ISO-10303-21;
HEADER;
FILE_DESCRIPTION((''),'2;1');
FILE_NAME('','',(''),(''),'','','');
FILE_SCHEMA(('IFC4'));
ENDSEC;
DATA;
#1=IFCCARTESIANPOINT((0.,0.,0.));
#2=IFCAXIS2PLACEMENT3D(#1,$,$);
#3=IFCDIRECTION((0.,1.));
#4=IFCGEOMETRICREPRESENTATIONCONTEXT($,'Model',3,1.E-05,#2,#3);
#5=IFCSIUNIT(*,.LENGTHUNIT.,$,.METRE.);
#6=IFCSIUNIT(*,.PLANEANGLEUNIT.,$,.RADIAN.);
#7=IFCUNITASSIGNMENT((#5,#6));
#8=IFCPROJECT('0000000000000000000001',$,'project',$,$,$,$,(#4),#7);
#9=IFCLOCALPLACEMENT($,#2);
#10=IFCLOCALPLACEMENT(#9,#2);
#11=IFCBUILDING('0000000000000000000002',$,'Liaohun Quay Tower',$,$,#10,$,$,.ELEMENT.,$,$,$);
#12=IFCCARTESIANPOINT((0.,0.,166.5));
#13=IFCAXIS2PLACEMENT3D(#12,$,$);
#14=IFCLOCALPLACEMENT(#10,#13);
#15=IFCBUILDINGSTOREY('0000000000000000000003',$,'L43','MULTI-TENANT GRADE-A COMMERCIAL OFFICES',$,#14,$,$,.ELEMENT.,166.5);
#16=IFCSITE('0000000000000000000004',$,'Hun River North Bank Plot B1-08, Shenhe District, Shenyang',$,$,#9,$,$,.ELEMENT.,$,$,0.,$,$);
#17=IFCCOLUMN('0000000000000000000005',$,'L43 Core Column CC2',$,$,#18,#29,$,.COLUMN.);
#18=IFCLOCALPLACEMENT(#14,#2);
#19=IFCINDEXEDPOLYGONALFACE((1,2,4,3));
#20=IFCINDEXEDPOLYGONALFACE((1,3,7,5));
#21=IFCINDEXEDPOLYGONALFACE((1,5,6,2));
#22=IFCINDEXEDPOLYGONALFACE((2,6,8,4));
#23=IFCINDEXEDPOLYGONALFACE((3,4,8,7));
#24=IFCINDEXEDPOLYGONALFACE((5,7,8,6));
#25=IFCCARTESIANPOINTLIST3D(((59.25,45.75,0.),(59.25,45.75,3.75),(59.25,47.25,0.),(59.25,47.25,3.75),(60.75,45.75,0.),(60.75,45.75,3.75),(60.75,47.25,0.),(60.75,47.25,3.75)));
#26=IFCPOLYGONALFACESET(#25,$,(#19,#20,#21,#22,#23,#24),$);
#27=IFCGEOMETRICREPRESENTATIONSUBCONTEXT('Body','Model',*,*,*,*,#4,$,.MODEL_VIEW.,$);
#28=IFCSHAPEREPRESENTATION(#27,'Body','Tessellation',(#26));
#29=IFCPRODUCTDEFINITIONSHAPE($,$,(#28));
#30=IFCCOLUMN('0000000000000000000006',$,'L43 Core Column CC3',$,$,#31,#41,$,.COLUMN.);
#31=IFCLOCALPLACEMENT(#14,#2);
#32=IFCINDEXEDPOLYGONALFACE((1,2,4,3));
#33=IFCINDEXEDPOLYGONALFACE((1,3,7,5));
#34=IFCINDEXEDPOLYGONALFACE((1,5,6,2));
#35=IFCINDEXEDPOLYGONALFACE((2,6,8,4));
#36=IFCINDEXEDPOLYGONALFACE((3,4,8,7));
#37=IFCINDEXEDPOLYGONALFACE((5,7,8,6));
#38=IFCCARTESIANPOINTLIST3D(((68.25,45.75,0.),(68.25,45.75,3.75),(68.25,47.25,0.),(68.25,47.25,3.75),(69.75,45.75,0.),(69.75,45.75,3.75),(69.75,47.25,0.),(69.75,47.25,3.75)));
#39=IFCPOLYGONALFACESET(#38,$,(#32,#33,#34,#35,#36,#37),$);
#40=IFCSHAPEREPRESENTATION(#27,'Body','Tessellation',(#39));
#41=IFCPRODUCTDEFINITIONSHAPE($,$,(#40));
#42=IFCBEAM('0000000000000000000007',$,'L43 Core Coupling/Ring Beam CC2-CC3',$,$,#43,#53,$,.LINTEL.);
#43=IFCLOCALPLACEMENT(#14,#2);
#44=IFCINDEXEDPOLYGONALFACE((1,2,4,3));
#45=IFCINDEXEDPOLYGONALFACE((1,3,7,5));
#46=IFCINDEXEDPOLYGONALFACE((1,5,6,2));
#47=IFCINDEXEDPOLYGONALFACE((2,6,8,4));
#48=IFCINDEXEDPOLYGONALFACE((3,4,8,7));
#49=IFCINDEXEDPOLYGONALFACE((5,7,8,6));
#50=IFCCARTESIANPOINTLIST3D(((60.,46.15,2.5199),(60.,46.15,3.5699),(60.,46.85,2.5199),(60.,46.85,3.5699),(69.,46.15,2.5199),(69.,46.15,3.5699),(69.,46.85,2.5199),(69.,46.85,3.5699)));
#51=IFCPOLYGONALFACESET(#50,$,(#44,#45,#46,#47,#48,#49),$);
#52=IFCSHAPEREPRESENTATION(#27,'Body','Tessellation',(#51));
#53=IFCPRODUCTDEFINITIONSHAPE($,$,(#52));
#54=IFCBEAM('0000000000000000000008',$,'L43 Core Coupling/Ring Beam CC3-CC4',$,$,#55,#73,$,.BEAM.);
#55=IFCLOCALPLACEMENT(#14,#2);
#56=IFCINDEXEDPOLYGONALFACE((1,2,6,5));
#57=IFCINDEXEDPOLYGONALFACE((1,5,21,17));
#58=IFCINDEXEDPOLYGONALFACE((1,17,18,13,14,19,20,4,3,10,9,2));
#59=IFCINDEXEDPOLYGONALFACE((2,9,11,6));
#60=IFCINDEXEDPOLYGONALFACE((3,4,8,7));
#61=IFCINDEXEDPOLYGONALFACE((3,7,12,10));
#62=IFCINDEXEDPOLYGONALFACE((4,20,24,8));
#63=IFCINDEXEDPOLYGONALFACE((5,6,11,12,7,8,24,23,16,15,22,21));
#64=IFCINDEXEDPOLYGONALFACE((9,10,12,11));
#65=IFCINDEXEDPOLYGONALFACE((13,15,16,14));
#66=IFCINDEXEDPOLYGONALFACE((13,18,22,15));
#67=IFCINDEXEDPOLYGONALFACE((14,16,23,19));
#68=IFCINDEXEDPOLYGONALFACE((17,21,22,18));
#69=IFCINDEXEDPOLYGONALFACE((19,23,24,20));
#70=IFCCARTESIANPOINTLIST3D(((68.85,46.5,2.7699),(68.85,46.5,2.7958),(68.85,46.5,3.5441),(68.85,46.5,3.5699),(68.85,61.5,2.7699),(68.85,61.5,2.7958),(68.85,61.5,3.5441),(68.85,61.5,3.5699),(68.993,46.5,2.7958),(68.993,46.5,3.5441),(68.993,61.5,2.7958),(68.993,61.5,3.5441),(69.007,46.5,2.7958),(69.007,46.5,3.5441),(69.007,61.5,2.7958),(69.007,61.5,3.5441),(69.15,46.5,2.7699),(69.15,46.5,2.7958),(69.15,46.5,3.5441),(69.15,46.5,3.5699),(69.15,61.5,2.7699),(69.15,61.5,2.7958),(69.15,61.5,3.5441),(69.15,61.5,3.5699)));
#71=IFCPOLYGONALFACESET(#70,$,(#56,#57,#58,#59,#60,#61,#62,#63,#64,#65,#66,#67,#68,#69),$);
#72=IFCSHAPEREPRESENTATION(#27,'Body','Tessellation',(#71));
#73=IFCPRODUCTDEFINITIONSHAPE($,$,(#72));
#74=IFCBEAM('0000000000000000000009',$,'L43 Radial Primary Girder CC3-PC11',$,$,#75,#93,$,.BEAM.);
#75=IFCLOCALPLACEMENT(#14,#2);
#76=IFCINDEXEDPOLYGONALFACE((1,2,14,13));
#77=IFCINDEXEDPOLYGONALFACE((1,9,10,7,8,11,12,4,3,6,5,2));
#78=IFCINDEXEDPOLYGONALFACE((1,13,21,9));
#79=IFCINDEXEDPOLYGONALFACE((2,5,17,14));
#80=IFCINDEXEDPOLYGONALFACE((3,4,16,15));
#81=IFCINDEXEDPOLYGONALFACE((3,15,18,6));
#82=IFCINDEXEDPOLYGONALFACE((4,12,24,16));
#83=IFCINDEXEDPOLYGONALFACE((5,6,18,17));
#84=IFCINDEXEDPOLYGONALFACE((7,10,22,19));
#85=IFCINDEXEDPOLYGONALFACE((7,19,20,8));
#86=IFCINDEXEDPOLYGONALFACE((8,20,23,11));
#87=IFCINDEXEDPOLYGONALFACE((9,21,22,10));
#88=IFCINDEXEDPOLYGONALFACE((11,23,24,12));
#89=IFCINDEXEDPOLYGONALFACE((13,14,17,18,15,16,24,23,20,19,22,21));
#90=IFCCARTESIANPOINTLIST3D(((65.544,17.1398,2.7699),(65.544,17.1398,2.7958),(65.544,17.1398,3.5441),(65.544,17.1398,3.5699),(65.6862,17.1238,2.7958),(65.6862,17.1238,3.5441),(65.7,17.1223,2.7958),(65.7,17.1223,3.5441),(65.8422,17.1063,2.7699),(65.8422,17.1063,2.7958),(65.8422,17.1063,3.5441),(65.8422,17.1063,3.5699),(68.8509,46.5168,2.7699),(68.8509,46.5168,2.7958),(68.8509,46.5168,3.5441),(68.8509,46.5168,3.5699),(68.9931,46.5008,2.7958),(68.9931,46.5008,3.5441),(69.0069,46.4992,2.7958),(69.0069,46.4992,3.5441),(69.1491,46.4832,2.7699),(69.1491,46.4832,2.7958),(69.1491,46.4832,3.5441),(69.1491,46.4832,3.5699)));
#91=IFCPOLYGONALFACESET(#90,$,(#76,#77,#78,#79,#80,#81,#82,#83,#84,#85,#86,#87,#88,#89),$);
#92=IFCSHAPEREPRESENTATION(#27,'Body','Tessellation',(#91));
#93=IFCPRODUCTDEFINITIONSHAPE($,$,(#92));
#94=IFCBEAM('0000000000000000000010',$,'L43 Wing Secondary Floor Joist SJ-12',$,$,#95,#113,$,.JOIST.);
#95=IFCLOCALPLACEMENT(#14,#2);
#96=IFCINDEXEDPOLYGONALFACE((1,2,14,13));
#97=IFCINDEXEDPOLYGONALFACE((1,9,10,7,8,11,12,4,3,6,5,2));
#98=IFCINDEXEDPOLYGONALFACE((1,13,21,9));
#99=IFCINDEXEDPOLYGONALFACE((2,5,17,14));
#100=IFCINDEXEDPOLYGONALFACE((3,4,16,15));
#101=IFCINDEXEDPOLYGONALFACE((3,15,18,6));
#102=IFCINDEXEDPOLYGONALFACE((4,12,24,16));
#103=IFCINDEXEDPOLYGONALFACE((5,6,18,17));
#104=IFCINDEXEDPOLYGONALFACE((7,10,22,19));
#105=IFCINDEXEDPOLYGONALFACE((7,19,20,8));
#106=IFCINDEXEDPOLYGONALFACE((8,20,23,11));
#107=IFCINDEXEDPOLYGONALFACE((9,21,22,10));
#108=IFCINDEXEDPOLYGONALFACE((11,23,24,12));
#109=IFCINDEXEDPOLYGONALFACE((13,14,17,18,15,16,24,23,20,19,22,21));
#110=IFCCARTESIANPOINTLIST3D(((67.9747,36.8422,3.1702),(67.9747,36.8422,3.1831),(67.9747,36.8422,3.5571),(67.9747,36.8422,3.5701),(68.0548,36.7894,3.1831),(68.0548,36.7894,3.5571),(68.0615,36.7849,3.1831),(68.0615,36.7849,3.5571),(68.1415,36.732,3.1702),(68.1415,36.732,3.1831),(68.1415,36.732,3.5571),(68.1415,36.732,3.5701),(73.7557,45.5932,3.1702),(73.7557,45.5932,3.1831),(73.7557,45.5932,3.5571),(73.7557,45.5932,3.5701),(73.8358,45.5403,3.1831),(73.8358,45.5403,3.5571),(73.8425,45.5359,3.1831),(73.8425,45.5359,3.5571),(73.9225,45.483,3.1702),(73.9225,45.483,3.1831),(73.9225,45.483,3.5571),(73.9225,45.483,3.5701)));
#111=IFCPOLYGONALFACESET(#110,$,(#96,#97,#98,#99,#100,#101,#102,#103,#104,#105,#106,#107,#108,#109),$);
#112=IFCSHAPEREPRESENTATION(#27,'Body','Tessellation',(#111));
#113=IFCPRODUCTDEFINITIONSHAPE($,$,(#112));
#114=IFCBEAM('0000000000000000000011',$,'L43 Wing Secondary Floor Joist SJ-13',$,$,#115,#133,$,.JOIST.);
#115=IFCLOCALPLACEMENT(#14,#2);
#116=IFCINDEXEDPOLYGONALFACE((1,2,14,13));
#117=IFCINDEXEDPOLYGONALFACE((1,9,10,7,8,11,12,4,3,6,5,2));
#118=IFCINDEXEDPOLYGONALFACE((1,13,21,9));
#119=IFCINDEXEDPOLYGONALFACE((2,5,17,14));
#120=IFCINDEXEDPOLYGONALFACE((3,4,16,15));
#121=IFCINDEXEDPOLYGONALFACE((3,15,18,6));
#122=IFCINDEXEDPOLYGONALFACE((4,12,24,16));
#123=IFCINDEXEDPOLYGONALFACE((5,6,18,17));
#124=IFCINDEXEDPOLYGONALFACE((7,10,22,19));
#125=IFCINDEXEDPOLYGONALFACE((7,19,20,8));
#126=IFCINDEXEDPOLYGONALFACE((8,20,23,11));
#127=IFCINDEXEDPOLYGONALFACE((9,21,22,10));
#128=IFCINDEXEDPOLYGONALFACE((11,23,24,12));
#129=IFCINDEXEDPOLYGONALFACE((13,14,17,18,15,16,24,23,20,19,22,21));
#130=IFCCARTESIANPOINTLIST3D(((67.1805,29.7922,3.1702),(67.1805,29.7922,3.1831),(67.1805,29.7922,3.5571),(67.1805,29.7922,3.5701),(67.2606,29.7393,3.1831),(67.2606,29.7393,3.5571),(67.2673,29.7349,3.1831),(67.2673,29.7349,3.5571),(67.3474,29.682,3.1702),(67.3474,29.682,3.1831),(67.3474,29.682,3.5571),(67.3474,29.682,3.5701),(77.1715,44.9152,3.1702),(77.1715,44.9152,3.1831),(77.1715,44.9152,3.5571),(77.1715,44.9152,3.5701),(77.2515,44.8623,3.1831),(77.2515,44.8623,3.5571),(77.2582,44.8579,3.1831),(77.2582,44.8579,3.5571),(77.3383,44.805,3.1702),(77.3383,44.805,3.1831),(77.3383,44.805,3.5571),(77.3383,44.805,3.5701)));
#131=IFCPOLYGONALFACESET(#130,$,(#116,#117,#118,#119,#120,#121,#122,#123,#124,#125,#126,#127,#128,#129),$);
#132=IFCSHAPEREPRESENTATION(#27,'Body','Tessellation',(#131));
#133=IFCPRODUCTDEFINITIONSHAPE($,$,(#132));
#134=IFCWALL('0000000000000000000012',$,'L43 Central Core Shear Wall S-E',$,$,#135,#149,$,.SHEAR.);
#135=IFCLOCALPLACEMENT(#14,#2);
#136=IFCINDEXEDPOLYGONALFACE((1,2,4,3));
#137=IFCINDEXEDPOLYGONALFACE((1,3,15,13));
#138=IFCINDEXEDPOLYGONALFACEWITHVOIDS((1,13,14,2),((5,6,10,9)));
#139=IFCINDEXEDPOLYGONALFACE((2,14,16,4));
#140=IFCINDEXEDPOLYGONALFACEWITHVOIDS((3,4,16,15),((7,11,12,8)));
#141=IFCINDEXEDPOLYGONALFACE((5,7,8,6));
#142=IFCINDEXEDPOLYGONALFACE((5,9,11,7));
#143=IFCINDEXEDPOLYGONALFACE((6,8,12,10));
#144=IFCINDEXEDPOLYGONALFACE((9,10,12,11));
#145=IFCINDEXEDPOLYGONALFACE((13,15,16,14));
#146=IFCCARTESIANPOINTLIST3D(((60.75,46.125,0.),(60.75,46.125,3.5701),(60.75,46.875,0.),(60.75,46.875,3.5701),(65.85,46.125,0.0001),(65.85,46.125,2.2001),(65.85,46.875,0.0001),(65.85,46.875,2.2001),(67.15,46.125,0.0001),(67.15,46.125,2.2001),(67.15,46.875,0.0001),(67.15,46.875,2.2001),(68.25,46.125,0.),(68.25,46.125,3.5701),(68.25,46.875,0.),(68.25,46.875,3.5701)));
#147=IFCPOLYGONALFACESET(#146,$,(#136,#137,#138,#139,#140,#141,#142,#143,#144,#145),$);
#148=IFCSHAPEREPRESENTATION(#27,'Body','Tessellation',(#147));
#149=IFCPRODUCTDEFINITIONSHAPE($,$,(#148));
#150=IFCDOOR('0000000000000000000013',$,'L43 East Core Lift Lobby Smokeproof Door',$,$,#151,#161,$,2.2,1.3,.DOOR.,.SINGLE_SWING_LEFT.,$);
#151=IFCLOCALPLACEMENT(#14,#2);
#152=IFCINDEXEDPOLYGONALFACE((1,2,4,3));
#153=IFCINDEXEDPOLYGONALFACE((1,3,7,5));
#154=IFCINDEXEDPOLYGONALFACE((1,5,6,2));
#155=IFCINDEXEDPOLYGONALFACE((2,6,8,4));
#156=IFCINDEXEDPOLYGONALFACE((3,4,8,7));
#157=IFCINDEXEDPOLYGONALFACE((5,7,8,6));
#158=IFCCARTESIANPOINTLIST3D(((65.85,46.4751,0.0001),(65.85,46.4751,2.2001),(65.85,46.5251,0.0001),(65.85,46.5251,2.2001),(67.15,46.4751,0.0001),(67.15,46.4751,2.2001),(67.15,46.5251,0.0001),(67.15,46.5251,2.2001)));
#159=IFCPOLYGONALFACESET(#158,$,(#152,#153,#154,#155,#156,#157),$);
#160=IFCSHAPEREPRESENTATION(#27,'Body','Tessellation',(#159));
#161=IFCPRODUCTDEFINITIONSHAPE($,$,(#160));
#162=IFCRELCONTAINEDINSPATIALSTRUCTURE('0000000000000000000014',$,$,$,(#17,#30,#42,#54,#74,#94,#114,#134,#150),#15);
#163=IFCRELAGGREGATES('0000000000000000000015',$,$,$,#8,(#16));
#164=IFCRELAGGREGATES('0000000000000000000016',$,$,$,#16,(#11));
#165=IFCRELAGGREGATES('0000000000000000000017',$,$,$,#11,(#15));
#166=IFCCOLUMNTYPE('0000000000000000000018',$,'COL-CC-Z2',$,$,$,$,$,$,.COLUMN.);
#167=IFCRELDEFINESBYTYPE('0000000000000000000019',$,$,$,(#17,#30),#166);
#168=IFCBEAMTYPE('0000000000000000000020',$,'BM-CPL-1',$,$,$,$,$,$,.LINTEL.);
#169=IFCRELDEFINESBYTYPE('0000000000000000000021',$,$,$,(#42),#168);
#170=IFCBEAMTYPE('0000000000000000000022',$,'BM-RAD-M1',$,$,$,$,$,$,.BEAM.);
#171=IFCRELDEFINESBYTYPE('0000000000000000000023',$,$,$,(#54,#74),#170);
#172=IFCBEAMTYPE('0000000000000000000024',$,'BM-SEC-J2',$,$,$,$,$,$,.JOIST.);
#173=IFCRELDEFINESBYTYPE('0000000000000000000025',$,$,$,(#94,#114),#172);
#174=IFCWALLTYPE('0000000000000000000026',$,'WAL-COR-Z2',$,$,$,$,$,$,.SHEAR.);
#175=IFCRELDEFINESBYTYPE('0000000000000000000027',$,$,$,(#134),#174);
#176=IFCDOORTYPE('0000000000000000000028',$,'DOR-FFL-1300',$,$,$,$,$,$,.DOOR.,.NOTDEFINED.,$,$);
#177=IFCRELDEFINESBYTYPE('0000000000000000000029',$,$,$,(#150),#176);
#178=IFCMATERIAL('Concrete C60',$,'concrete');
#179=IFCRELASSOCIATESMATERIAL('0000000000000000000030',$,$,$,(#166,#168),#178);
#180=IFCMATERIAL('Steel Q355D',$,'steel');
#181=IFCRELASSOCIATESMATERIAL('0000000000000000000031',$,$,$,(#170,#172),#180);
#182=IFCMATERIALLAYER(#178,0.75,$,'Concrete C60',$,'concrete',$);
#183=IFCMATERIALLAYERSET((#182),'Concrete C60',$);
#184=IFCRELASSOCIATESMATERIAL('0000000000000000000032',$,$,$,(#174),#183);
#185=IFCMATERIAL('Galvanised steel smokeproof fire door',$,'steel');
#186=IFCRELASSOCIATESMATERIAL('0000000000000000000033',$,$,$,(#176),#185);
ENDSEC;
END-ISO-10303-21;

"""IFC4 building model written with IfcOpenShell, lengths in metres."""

from ifc_helpers import new_model, si_unit, direction, frame, frame_2d, origin, origin_2d, place, context, subcontext, project, spatial, rectangle, i_section, extrude, source, transform, mapped, material, layer, layer_set, material_profile, profile_set, type_object, element, fill, save


model = new_model("IFC4")

# Units and contexts
model_context = context("Model", 3, precision=1e-05, world=origin(), true_north=direction((0.0, 1.0)))
body_context = subcontext(model_context, "Body", "Model", "MODEL_VIEW")
ifc_project = project(units=[si_unit("LENGTHUNIT", "METRE"), si_unit("PLANEANGLEUNIT", "RADIAN")], contexts=[model_context])

# Site, building, storey
site_placement = place(None, origin())
site = spatial("IfcSite", under=ifc_project, at=site_placement, Name="Hun River North Bank Plot B1-08, Shenhe District, Shenyang", CompositionType="ELEMENT", RefElevation=0.0)
building_placement = place(site_placement, origin())
building = spatial("IfcBuilding", under=site, at=building_placement, Name="Liaohun Quay Tower", CompositionType="ELEMENT")
storey_placement = place(building_placement, frame((0.0, 0.0, 166.5)))
storey = spatial("IfcBuildingStorey", under=building, at=storey_placement, Name="L43", Description="MULTI-TENANT GRADE-A COMMERCIAL OFFICES", CompositionType="ELEMENT", Elevation=166.5)

# Columns
ifc_material_1 = material(Name="Concrete C60", Category="concrete")
ifc_material_profile_1 = material_profile(ifc_material_1, rectangle(XDim=1.5, YDim=1.5, at=origin_2d()), Name="RC1500x1500")
ifc_profile_set_1 = profile_set([ifc_material_profile_1], Name="Concrete C60")
column_type = type_object("IfcColumnType", Name="COL-CC-Z2", PredefinedType="COLUMN", material=ifc_profile_set_1)
shared_shape_1 = source(origin(), body_context, "Body", "SweptSolid", [
    extrude(rectangle(XDim=1.5, YDim=1.5, at=origin_2d()), origin(), (0.0, 0.0, 1.0), 3.75),
])
for number, where, z_axis, x_axis, name in (
    (1, (60.0, 46.5, 0.0), (0.0, 0.0, 1.0), (1.0, 0.0, 0.0), "L43 Core Column CC2"),
    (2, (69.0, 46.5, 0.0), (0.0, 0.0, 1.0), (1.0, 0.0, 0.0), "L43 Core Column CC3"),
):
    element("IfcColumn", number, at=place(storey_placement, frame(where, z_axis=z_axis, x_axis=x_axis)), inside=storey, type_object=column_type, Name=name, PredefinedType="COLUMN", context=body_context, shape_type="MappedRepresentation", body=[
        mapped(shared_shape_1, transform((0.0, 0.0, 0.0), x_axis=(1.0, 0.0, 0.0), y_axis=(0.0, 1.0, 0.0), z_axis=(0.0, 0.0, 1.0), scale=1.0)),
    ])

# Beams
ifc_material_profile_2 = material_profile(ifc_material_1, rectangle(XDim=0.7, YDim=1.05, at=origin_2d()), Name="RC700x1050")
ifc_profile_set_2 = profile_set([ifc_material_profile_2], Name="Concrete C60")
beam_type_1 = type_object("IfcBeamType", Name="BM-CPL-1", PredefinedType="LINTEL", material=ifc_profile_set_2)
shared_shape_2 = source(origin(), body_context, "Body", "SweptSolid", [
    extrude(rectangle(XDim=0.7, YDim=1.05, at=origin_2d()), origin(), (0.0, 0.0, 1.0), 9.0),
])
beam_1_placement = place(storey_placement, frame((60.0, 46.5, 3.0449), z_axis=(1.0, 0.0, 0.0), x_axis=(0.0, 1.0, 0.0)))
element("IfcBeam", 3, at=beam_1_placement, inside=storey, type_object=beam_type_1, Name="L43 Core Coupling/Ring Beam CC2-CC3", PredefinedType="LINTEL", context=body_context, shape_type="MappedRepresentation", body=[
    mapped(shared_shape_2, transform((0.0, 0.0, 0.0), x_axis=(1.0, 0.0, 0.0), y_axis=(0.0, 1.0, 0.0), z_axis=(0.0, 0.0, 1.0), scale=1.0)),
])
ifc_material_2 = material(Name="Steel Q355D", Category="steel")
ifc_material_profile_3 = material_profile(ifc_material_2, i_section(OverallWidth=0.3, OverallDepth=0.8, WebThickness=0.0139, FlangeThickness=0.0259, at=origin_2d()), Name="HN800x300x14x26")
ifc_profile_set_3 = profile_set([ifc_material_profile_3], Name="Steel Q355D")
beam_type_2 = type_object("IfcBeamType", Name="BM-RAD-M1", PredefinedType="BEAM", material=ifc_profile_set_3)
shared_shape_3 = source(origin(), body_context, "Body", "SweptSolid", [
    extrude(i_section(OverallWidth=0.3, OverallDepth=0.8, WebThickness=0.0139, FlangeThickness=0.0259, at=origin_2d()), origin(), (0.0, 0.0, 1.0), 15.0),
])
beam_2_placement = place(storey_placement, frame((69.0, 46.5, 3.1699), z_axis=(0.0, 1.0, 0.0), x_axis=(-1.0, 0.0, 0.0)))
element("IfcBeam", 4, at=beam_2_placement, inside=storey, type_object=beam_type_2, Name="L43 Core Coupling/Ring Beam CC3-CC4", PredefinedType="BEAM", context=body_context, shape_type="MappedRepresentation", body=[
    mapped(shared_shape_3, transform((0.0, 0.0, 0.0), x_axis=(1.0, 0.0, 0.0), y_axis=(0.0, 1.0, 0.0), z_axis=(0.0, 0.0, 1.0), scale=1.0)),
])
shared_shape_4 = source(origin(), body_context, "Body", "SweptSolid", [
    extrude(i_section(OverallWidth=0.3, OverallDepth=0.8, WebThickness=0.0139, FlangeThickness=0.0259, at=origin_2d()), origin(), (0.0, 0.0, 1.0), 29.5625),
])
beam_3_placement = place(storey_placement, frame((69.0, 46.5, 3.1699), z_axis=(-0.111861, -0.993724, 0.0), x_axis=(0.993724, -0.111861, 0.0)))
element("IfcBeam", 5, at=beam_3_placement, inside=storey, type_object=beam_type_2, Name="L43 Radial Primary Girder CC3-PC11", PredefinedType="BEAM", context=body_context, shape_type="MappedRepresentation", body=[
    mapped(shared_shape_4, transform((0.0, 0.0, 0.0), x_axis=(1.0, 0.0, 0.0), y_axis=(0.0, 1.0, 0.0), z_axis=(0.0, 0.0, 1.0), scale=1.0)),
])
ifc_material_profile_4 = material_profile(ifc_material_2, i_section(OverallWidth=0.2, OverallDepth=0.3999, WebThickness=0.0081, FlangeThickness=0.0129, at=origin_2d()), Name="HN400x200x8x13")
ifc_profile_set_4 = profile_set([ifc_material_profile_4], Name="Steel Q355D")
beam_type_3 = type_object("IfcBeamType", Name="BM-SEC-J2", PredefinedType="JOIST", material=ifc_profile_set_4)
shared_shape_5 = source(origin(), body_context, "Body", "SweptSolid", [
    extrude(i_section(OverallWidth=0.2, OverallDepth=0.3999, WebThickness=0.0081, FlangeThickness=0.0129, at=origin_2d()), origin(), (0.0, 0.0, 1.0), 10.488),
])
beam_4_placement = place(storey_placement, frame((73.8391, 45.5381, 3.3701), z_axis=(-0.551198, -0.834374, 0.0), x_axis=(0.834374, -0.551198, 0.0)))
element("IfcBeam", 6, at=beam_4_placement, inside=storey, type_object=beam_type_3, Name="L43 Wing Secondary Floor Joist SJ-12", PredefinedType="JOIST", context=body_context, shape_type="MappedRepresentation", body=[
    mapped(shared_shape_5, transform((0.0, 0.0, 0.0), x_axis=(1.0, 0.0, 0.0), y_axis=(0.0, 1.0, 0.0), z_axis=(0.0, 0.0, 1.0), scale=1.0)),
])
shared_shape_6 = source(origin(), body_context, "Body", "SweptSolid", [
    extrude(i_section(OverallWidth=0.2, OverallDepth=0.3999, WebThickness=0.0081, FlangeThickness=0.0129, at=origin_2d()), origin(), (0.0, 0.0, 1.0), 18.1252),
])
beam_5_placement = place(storey_placement, frame((77.2549, 44.8601, 3.3701), z_axis=(-0.551217, -0.834362, 0.0), x_axis=(0.834362, -0.551217, 0.0)))
element("IfcBeam", 7, at=beam_5_placement, inside=storey, type_object=beam_type_3, Name="L43 Wing Secondary Floor Joist SJ-13", PredefinedType="JOIST", context=body_context, shape_type="MappedRepresentation", body=[
    mapped(shared_shape_6, transform((0.0, 0.0, 0.0), x_axis=(1.0, 0.0, 0.0), y_axis=(0.0, 1.0, 0.0), z_axis=(0.0, 0.0, 1.0), scale=1.0)),
])

# Wall, opening, door
ifc_layer_1 = layer(ifc_material_1, 0.75, Name="Concrete C60", Category="concrete")
ifc_layer_set_1 = layer_set([ifc_layer_1], Name="Concrete C60")
wall_type_1 = type_object("IfcWallType", Name="WAL-COR-Z2", PredefinedType="SHEAR", material=ifc_layer_set_1)
wall_1_placement = place(storey_placement, frame((68.25, 46.5, 0.0), z_axis=(0.0, 0.0, 1.0), x_axis=(-1.0, 0.0, 0.0)))
wall_1 = element("IfcWall", 8, at=wall_1_placement, inside=storey, type_object=wall_type_1, Name="L43 Central Core Shear Wall S-E", PredefinedType="SHEAR", context=body_context, shape_type="SweptSolid", body=[
    extrude(rectangle(XDim=7.5, YDim=0.75, at=frame_2d((3.75, 0.0))), origin(), (0.0, 0.0, 1.0), 3.5701),
])
shared_shape_7 = source(origin(), body_context, "Body", "SweptSolid", [
    extrude(rectangle(XDim=1.3, YDim=2.2, at=frame_2d((0.6499, 1.1001))), frame((0.0, 0.385, 0.0), z_axis=(0.0, -1.0, 0.0), x_axis=(1.0, 0.0, 0.0)), (0.0, 0.0, 1.0), 0.77),
])
opening_1_placement = place(wall_1_placement, frame((1.1001, 0.0, 0.0)))
opening_1 = element("IfcOpeningElement", 9, at=opening_1_placement, cuts=wall_1, PredefinedType="OPENING", context=body_context, shape_type="MappedRepresentation", body=[
    mapped(shared_shape_7, transform((0.0, 0.0, 0.0), x_axis=(1.0, 0.0, 0.0), y_axis=(0.0, 1.0, 0.0), z_axis=(0.0, 0.0, 1.0), scale=1.0)),
])
ifc_material_3 = material(Name="Galvanised steel smokeproof fire door", Category="steel")
door_type_1 = type_object("IfcDoorType", Name="DOR-FFL-1300", OperationType="NOTDEFINED", PredefinedType="DOOR", material=ifc_material_3)
shared_shape_8 = source(origin(), body_context, "Body", "SweptSolid", [
    extrude(rectangle(XDim=1.3, YDim=2.2, at=frame_2d((0.6499, 1.1001))), frame((0.0, 0.0249, 0.0), z_axis=(0.0, -1.0, 0.0), x_axis=(1.0, 0.0, 0.0)), (0.0, 0.0, 1.0), 0.05),
])
door_1_placement = place(opening_1_placement, origin())
door_1 = element("IfcDoor", 10, at=door_1_placement, inside=storey, type_object=door_type_1, Name="L43 East Core Lift Lobby Smokeproof Door", OperationType="SINGLE_SWING_LEFT", OverallHeight=2.2, OverallWidth=1.3, PredefinedType="DOOR", context=body_context, shape_type="MappedRepresentation", body=[
    mapped(shared_shape_8, transform((0.0, 0.0, 0.0), x_axis=(1.0, 0.0, 0.0), y_axis=(0.0, 1.0, 0.0), z_axis=(0.0, 0.0, 1.0), scale=1.0)),
])
fill(opening_1, door_1)

save(model, "model.ifc")
